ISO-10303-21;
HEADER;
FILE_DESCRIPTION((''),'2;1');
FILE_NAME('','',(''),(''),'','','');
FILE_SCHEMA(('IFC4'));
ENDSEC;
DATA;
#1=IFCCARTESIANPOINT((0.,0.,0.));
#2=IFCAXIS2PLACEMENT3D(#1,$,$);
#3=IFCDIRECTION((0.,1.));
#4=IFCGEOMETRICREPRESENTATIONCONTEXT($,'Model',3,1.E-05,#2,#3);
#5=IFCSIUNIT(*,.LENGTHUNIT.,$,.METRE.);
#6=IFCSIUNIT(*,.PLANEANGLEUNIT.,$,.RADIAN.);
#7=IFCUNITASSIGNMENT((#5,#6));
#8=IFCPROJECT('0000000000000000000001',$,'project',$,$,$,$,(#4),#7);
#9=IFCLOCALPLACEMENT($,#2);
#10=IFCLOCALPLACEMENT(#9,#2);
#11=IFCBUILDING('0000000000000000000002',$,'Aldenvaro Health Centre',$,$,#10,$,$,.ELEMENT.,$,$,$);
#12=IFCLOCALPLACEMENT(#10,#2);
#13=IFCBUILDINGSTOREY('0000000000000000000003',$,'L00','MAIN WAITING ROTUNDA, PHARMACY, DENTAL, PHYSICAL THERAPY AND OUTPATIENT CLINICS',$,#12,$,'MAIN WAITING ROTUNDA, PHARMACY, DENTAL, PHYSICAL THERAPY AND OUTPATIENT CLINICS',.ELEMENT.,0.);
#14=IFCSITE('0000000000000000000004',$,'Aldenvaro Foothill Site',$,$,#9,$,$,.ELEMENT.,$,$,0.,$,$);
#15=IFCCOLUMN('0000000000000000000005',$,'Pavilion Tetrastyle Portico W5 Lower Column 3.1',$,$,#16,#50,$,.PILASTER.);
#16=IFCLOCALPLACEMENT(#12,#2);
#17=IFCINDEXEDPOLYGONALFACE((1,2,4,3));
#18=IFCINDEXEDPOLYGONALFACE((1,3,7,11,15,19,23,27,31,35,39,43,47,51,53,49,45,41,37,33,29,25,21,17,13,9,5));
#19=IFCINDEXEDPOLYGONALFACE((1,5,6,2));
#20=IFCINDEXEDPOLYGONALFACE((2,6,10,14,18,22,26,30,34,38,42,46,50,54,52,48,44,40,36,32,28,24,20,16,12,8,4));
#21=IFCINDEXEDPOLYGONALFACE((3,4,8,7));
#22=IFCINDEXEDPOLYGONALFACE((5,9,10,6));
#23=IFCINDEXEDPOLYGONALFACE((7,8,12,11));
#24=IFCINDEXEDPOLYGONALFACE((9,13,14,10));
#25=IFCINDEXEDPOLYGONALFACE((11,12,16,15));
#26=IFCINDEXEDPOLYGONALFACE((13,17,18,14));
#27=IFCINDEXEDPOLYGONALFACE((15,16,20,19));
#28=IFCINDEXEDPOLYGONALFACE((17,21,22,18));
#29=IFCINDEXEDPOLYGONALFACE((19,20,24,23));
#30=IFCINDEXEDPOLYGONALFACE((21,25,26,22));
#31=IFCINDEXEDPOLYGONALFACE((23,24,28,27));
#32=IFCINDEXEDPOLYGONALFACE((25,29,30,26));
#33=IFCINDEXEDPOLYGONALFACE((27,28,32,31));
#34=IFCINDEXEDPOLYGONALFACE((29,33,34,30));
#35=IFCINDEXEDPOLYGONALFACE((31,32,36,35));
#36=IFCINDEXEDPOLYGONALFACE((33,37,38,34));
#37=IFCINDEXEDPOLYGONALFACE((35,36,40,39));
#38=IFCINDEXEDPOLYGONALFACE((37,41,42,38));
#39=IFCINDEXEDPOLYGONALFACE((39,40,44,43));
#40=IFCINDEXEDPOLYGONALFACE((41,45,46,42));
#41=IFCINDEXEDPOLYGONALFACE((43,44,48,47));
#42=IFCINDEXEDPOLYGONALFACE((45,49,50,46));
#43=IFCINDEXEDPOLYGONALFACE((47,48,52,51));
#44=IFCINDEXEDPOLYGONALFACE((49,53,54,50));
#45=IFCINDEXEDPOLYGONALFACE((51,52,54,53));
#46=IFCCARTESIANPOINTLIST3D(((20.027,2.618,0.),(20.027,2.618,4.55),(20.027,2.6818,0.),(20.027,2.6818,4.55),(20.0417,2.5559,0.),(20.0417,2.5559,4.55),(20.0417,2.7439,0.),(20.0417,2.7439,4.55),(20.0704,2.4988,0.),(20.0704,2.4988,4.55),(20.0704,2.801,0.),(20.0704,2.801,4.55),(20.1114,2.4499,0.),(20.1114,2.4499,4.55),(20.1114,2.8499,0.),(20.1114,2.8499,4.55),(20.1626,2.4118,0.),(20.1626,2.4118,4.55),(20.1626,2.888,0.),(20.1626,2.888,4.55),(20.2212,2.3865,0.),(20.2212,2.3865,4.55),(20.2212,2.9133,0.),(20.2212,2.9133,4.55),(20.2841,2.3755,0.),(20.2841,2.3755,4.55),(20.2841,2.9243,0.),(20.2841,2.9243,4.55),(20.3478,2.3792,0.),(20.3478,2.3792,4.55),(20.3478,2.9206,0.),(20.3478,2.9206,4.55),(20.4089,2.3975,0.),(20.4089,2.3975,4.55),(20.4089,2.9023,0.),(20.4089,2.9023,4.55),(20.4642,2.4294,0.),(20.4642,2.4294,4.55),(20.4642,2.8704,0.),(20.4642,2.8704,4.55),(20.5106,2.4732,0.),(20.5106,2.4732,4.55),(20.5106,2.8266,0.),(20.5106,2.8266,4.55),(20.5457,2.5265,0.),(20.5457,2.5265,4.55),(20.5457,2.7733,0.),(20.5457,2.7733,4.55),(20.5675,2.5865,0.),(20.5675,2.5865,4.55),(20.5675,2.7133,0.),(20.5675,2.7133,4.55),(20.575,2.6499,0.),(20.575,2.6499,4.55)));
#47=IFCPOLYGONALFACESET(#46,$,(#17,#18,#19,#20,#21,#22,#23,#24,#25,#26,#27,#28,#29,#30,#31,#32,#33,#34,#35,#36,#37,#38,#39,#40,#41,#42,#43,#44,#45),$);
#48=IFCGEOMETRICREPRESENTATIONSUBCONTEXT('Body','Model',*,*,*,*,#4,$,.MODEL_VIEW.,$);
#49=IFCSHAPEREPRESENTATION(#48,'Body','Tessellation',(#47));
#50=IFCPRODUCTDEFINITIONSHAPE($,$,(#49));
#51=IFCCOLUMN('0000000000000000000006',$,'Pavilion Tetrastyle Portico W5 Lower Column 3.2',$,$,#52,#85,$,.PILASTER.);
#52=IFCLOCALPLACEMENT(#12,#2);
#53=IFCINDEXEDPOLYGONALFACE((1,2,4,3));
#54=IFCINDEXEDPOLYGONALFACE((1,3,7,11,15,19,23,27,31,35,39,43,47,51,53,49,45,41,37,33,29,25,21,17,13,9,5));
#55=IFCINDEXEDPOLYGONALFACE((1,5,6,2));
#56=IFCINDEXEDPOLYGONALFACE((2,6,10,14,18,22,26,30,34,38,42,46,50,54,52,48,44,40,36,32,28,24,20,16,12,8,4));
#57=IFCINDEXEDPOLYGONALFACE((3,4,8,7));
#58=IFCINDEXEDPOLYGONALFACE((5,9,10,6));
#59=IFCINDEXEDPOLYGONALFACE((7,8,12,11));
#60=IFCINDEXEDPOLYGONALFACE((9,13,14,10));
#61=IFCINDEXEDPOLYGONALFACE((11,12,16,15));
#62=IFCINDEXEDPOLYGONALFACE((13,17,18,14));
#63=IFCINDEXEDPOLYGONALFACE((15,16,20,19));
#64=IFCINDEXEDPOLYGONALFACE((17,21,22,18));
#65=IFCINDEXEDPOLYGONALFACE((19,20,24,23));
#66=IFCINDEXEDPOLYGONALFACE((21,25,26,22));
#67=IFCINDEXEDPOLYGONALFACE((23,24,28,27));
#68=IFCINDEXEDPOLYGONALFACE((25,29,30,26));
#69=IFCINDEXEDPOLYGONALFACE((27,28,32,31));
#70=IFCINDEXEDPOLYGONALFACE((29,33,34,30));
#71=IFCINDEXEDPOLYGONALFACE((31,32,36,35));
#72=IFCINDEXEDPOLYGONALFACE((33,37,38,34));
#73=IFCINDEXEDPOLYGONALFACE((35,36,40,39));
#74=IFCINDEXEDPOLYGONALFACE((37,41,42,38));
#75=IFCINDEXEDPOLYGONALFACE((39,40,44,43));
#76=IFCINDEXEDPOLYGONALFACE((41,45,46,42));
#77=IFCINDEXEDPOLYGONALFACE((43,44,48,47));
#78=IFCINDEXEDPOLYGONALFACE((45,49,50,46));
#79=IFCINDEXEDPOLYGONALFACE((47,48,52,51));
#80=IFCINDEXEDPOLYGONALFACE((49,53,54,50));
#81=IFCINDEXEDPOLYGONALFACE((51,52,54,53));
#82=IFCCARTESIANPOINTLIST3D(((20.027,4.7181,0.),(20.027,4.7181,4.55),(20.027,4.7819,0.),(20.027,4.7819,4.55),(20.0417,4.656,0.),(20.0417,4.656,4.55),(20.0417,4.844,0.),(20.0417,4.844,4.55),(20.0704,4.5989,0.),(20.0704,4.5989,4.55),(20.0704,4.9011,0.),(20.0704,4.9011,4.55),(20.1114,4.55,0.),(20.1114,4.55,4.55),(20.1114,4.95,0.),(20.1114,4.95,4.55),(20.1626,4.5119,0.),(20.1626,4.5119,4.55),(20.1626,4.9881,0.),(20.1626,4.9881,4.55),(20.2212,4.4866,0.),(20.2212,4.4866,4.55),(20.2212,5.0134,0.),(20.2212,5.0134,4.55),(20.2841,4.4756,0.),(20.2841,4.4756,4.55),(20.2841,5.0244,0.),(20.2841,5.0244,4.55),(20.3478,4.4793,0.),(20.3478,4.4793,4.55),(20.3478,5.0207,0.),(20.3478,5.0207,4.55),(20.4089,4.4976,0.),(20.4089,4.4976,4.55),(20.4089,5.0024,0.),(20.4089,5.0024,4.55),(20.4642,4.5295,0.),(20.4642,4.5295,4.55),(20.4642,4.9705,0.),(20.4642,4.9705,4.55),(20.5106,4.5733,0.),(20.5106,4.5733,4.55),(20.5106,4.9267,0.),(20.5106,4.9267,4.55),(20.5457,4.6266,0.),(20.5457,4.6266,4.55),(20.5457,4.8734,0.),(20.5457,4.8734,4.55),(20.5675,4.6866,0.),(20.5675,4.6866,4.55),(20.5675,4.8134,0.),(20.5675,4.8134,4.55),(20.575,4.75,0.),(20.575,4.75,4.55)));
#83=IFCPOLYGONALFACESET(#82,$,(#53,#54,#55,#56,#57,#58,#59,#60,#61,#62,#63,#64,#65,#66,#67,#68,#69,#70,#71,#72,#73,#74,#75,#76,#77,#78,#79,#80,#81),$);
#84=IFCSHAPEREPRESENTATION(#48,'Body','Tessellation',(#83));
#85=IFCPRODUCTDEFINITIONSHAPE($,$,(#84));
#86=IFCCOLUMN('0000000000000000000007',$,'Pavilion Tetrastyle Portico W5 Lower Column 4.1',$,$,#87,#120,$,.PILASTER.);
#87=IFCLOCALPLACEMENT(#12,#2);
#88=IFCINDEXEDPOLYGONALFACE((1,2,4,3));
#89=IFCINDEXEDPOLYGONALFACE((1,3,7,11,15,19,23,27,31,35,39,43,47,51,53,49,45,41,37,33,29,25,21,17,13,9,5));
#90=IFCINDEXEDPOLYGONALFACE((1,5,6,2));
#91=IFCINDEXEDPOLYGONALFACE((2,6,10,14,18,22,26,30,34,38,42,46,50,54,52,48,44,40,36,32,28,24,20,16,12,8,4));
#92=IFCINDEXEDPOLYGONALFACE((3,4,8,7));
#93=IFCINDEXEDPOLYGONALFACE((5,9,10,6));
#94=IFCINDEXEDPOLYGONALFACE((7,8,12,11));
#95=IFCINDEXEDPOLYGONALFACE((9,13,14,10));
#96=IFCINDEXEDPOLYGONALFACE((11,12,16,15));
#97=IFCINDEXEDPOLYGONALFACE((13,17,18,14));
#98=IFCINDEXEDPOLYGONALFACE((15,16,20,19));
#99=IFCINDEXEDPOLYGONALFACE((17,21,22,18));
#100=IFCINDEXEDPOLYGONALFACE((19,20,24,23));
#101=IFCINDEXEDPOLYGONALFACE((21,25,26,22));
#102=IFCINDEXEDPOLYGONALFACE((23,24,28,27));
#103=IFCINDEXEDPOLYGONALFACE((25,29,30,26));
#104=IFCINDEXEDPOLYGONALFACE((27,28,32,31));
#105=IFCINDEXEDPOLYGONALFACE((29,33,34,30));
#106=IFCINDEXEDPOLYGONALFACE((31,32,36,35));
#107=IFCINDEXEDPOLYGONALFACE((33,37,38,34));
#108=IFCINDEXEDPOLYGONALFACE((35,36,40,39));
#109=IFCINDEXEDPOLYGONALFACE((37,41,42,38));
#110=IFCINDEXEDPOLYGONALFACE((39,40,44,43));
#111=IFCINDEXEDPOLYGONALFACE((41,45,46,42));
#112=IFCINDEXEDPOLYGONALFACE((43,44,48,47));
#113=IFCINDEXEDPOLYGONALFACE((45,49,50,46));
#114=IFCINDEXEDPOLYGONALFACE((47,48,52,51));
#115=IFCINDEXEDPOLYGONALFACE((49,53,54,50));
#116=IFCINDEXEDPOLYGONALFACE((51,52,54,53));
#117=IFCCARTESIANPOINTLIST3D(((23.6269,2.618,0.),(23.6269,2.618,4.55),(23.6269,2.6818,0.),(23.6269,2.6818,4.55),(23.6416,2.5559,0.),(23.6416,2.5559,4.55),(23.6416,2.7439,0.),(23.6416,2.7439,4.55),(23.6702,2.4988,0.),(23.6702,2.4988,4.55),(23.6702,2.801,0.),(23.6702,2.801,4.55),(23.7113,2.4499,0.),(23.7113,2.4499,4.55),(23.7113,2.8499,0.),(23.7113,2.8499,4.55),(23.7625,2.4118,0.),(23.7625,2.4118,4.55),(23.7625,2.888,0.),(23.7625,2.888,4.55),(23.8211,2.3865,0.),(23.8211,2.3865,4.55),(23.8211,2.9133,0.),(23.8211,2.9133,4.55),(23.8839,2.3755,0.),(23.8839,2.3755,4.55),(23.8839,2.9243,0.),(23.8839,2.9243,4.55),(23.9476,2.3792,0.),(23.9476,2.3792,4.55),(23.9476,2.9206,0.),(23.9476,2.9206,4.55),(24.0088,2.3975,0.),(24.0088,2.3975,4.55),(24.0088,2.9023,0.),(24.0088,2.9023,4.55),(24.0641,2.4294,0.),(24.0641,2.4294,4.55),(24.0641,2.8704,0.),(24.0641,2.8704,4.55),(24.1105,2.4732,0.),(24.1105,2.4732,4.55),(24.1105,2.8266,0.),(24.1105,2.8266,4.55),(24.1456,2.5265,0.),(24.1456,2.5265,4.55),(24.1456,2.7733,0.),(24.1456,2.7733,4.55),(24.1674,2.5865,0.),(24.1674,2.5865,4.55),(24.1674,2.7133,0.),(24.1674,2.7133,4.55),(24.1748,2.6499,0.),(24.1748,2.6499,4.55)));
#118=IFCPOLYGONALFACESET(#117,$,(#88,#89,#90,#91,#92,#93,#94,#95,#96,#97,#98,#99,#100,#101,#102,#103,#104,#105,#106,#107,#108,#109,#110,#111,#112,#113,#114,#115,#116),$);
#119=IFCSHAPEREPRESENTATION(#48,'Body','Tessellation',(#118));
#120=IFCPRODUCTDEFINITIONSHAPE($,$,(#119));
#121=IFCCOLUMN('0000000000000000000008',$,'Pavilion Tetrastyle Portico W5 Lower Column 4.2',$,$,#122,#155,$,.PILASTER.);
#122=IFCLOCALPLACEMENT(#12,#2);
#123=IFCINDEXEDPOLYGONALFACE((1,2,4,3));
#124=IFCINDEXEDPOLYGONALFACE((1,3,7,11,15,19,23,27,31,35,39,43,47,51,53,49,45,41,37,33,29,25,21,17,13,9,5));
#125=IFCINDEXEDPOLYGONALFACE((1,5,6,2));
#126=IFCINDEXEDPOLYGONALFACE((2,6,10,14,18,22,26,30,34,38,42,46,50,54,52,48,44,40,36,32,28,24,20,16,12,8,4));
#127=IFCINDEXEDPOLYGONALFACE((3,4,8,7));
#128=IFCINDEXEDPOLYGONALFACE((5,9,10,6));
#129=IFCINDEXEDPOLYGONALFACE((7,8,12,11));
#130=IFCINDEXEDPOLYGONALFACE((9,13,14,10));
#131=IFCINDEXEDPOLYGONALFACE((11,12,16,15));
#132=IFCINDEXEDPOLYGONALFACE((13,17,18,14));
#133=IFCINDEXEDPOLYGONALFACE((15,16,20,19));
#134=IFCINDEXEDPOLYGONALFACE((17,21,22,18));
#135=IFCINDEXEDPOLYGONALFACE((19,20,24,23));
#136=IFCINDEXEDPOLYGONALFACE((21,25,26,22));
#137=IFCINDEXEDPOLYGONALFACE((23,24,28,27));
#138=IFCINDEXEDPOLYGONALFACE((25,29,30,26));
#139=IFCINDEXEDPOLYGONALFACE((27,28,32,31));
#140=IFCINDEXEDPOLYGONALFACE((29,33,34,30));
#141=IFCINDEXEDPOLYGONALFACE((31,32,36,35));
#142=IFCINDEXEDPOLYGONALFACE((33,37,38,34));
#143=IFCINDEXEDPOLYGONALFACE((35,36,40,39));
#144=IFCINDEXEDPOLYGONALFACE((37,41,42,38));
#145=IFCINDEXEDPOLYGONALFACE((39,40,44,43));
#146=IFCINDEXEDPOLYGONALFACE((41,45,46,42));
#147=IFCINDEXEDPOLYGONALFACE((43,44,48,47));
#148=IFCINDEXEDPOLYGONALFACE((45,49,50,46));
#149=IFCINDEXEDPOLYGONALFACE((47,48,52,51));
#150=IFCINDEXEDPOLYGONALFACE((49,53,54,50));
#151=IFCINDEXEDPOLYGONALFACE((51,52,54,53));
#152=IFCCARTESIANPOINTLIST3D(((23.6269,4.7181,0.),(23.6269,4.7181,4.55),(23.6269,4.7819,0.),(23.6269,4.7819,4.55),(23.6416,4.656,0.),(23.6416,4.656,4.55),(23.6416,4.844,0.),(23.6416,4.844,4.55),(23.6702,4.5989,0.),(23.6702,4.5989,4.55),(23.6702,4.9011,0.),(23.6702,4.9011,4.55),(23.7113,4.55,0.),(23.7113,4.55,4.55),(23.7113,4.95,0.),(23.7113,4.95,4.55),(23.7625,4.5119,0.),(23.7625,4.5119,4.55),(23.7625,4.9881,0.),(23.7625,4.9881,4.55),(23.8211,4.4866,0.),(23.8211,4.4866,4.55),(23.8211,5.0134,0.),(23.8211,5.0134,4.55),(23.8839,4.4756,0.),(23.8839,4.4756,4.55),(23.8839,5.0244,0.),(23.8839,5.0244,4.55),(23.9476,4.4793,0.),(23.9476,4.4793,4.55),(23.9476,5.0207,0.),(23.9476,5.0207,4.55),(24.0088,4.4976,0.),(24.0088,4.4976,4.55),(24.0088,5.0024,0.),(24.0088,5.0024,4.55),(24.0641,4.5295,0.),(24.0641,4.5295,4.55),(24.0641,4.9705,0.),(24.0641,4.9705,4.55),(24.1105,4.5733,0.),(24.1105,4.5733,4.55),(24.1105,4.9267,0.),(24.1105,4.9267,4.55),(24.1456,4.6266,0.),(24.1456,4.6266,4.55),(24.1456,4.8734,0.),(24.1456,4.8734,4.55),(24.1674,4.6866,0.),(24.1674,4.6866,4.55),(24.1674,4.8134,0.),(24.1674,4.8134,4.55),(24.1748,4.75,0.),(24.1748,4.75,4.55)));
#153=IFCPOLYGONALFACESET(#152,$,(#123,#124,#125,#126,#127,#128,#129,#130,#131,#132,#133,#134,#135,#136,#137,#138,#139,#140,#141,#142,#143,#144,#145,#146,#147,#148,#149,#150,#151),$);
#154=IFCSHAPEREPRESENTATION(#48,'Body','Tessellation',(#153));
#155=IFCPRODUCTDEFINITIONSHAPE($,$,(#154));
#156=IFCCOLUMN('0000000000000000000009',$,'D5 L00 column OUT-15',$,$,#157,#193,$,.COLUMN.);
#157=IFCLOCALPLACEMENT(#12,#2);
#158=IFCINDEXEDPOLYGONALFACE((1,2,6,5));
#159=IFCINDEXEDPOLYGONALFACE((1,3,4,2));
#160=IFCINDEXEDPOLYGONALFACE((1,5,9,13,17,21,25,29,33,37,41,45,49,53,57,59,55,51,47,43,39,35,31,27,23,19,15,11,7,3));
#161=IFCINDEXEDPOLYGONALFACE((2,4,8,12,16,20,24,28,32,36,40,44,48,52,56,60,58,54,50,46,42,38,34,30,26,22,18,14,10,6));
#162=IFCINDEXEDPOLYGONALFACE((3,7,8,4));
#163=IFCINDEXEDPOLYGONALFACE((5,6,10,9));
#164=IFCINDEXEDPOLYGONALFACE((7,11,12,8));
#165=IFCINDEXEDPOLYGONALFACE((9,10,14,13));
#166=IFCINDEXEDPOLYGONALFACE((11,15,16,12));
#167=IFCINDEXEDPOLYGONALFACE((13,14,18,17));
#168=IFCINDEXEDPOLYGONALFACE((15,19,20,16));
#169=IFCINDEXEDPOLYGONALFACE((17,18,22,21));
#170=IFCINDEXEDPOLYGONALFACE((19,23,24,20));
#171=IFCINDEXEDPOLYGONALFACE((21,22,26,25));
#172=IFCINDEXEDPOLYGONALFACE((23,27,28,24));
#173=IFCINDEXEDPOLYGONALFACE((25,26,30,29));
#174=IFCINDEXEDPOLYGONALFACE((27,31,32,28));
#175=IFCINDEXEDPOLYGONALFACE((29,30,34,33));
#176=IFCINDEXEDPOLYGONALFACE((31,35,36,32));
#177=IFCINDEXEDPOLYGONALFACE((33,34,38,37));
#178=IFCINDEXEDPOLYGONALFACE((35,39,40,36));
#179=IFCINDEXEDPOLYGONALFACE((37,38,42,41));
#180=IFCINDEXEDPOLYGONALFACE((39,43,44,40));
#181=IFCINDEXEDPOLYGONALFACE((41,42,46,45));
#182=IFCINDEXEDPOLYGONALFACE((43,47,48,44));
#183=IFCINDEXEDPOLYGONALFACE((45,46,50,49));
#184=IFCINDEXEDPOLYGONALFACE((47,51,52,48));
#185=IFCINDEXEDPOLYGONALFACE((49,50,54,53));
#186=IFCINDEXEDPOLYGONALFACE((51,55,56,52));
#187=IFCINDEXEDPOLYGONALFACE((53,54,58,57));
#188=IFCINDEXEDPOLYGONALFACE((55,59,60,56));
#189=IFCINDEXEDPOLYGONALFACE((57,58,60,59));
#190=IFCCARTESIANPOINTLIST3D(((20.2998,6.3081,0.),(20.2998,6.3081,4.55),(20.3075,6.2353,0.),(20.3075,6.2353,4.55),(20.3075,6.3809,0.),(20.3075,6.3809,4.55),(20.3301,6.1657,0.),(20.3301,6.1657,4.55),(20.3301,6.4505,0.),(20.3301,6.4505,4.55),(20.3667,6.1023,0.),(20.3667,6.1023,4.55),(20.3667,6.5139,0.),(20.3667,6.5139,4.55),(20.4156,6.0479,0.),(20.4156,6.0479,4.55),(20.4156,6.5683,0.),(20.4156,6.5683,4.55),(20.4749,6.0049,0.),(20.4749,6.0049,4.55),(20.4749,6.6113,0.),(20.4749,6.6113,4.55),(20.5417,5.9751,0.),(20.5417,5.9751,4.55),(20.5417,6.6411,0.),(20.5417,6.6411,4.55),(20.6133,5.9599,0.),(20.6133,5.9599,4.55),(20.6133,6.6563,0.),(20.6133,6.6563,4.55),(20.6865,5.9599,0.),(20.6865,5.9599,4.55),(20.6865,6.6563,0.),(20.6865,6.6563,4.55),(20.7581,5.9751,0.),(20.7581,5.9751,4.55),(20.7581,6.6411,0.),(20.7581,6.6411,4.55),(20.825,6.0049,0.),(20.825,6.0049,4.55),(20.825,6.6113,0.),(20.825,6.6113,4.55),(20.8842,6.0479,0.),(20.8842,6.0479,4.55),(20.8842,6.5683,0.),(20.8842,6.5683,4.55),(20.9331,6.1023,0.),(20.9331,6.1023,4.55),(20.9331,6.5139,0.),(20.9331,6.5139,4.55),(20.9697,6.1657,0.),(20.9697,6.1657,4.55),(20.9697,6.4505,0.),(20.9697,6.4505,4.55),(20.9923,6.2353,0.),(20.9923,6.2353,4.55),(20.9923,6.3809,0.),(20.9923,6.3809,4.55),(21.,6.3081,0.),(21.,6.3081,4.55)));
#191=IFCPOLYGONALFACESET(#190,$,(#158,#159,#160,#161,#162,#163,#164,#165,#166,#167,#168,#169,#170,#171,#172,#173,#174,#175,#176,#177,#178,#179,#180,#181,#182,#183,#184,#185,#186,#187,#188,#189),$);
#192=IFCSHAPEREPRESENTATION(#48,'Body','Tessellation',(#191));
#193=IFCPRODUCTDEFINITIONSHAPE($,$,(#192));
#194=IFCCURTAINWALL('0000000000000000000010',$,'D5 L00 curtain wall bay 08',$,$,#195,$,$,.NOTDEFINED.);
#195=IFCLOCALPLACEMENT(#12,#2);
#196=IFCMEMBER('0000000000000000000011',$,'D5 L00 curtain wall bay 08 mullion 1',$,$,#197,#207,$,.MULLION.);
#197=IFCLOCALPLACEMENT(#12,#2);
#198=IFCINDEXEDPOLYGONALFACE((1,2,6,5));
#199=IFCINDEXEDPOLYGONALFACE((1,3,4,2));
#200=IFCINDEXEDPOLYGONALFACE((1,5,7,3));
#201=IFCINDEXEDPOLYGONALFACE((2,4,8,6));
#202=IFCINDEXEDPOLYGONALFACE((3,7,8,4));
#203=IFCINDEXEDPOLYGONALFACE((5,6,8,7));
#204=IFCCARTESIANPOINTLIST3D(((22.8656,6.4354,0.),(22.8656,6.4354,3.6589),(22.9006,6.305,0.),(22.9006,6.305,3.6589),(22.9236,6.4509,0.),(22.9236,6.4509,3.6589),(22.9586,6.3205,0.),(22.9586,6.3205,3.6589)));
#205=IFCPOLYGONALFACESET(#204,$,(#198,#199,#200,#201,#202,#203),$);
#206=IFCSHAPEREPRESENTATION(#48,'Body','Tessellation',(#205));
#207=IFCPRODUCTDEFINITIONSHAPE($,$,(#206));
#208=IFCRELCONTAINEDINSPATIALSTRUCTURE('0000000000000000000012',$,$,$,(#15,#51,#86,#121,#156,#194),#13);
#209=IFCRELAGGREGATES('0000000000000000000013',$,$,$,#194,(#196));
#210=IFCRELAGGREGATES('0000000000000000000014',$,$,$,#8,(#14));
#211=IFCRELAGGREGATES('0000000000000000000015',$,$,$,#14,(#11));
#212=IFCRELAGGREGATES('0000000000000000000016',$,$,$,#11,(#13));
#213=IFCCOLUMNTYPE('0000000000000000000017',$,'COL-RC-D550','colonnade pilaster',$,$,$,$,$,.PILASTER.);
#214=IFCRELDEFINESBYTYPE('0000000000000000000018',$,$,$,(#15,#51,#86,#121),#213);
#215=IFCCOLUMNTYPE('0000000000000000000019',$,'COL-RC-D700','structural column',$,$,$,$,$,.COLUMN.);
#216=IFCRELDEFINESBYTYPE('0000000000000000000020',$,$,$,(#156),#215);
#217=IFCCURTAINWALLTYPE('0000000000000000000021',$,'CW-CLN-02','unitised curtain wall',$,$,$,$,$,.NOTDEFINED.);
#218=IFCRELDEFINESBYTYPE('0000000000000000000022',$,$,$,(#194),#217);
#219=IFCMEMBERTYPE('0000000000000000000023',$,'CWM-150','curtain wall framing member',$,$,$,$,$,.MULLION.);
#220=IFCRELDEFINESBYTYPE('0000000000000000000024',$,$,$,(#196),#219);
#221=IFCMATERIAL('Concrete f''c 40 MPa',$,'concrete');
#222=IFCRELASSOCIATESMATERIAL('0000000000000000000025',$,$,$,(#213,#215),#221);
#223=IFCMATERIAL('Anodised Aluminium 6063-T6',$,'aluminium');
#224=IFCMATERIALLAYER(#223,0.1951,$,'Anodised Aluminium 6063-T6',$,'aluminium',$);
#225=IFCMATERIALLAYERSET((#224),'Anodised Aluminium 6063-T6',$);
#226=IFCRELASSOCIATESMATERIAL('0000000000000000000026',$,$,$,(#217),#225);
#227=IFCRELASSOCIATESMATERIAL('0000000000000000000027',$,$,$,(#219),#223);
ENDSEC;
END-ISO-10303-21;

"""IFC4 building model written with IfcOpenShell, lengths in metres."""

from ifc_helpers import new_model, si_unit, direction, frame, origin, origin_2d, place, context, subcontext, project, spatial, rectangle, circle, extrude, material, layer, layer_set, material_profile, profile_set, type_object, element, aggregate, save


model = new_model("IFC4")

# Units and contexts
model_context = context("Model", 3, precision=1e-05, world=origin(), true_north=direction((0.0, 1.0)))
body_context = subcontext(model_context, "Body", "Model", "MODEL_VIEW")
ifc_project = project(units=[si_unit("LENGTHUNIT", "METRE"), si_unit("PLANEANGLEUNIT", "RADIAN")], contexts=[model_context])

# Site, building, storey
site_placement = place(None, origin())
site = spatial("IfcSite", under=ifc_project, at=site_placement, Name="Aldenvaro Foothill Site", CompositionType="ELEMENT", RefElevation=0.0)
building_placement = place(site_placement, origin())
building = spatial("IfcBuilding", under=site, at=building_placement, Name="Aldenvaro Health Centre", CompositionType="ELEMENT")
storey_placement = place(building_placement, origin())
storey = spatial("IfcBuildingStorey", under=building, at=storey_placement, Name="L00", Description="MAIN WAITING ROTUNDA, PHARMACY, DENTAL, PHYSICAL THERAPY AND OUTPATIENT CLINICS", LongName="MAIN WAITING ROTUNDA, PHARMACY, DENTAL, PHYSICAL THERAPY AND OUTPATIENT CLINICS", CompositionType="ELEMENT", Elevation=0.0)

# Columns
ifc_material_1 = material(Name="Concrete f'c 40 MPa", Category="concrete")
ifc_material_profile_1 = material_profile(ifc_material_1, circle(Radius=0.2749, at=origin_2d()), Name="RC D550", Category="concrete")
ifc_profile_set_1 = profile_set([ifc_material_profile_1], Name="Concrete f'c 40 MPa")
column_type_1 = type_object("IfcColumnType", Name="COL-RC-D550", Description="colonnade pilaster", PredefinedType="PILASTER", material=ifc_profile_set_1)
for number, where, z_axis, x_axis, name in (
    (1, (20.3, 2.6499, 0.0), (0.0, 0.0, 1.0), (1.0, 0.0, 0.0), "Pavilion Tetrastyle Portico W5 Lower Column 3.1"),
    (2, (20.3, 4.75, 0.0), (0.0, 0.0, 1.0), (1.0, 0.0, 0.0), "Pavilion Tetrastyle Portico W5 Lower Column 3.2"),
    (3, (23.8999, 2.6499, 0.0), (0.0, 0.0, 1.0), (1.0, 0.0, 0.0), "Pavilion Tetrastyle Portico W5 Lower Column 4.1"),
    (4, (23.8999, 4.75, 0.0), (0.0, 0.0, 1.0), (1.0, 0.0, 0.0), "Pavilion Tetrastyle Portico W5 Lower Column 4.2"),
):
    element("IfcColumn", number, at=place(storey_placement, frame(where, z_axis=z_axis, x_axis=x_axis)), inside=storey, type_object=column_type_1, Name=name, PredefinedType="PILASTER", context=body_context, shape_type="SweptSolid", body=[
        extrude(circle(Radius=0.2749, at=origin_2d()), origin(), (0.0, 0.0, 1.0), 4.55),
    ])
ifc_material_profile_2 = material_profile(ifc_material_1, circle(Radius=0.3501, at=origin_2d()), Name="RC D700", Category="concrete")
ifc_profile_set_2 = profile_set([ifc_material_profile_2], Name="Concrete f'c 40 MPa")
column_type_2 = type_object("IfcColumnType", Name="COL-RC-D700", Description="structural column", PredefinedType="COLUMN", material=ifc_profile_set_2)
column_placement = place(storey_placement, frame((20.6499, 6.3081, 0.0), z_axis=(0.0, 0.0, 1.0), x_axis=(1.0, 0.0, 0.0)))
element("IfcColumn", 5, at=column_placement, inside=storey, type_object=column_type_2, Name="D5 L00 column OUT-15", PredefinedType="COLUMN", context=body_context, shape_type="SweptSolid", body=[
    extrude(circle(Radius=0.3501, at=origin_2d()), origin(), (0.0, 0.0, 1.0), 4.55),
])

# Curtain wall, member
ifc_material_2 = material(Name="Anodised Aluminium 6063-T6", Category="aluminium")
ifc_layer_1 = layer(ifc_material_2, 0.1951, Name="Anodised Aluminium 6063-T6", Category="aluminium")
ifc_layer_set_1 = layer_set([ifc_layer_1], Name="Anodised Aluminium 6063-T6")
curtain_wall_type = type_object("IfcCurtainWallType", Name="CW-CLN-02", Description="unitised curtain wall", PredefinedType="NOTDEFINED", material=ifc_layer_set_1)
curtain_wall_placement = place(storey_placement, origin())
curtain_wall = element("IfcCurtainWall", 6, at=curtain_wall_placement, inside=storey, type_object=curtain_wall_type, Name="D5 L00 curtain wall bay 08", PredefinedType="NOTDEFINED")
ifc_material_profile_3 = material_profile(ifc_material_2, rectangle(XDim=0.0601, YDim=0.135, at=origin_2d()), Name="ALU 60x135", Category="aluminium")
ifc_profile_set_3 = profile_set([ifc_material_profile_3], Name="Anodised Aluminium 6063-T6")
member_type_1 = type_object("IfcMemberType", Name="CWM-150", Description="curtain wall framing member", PredefinedType="MULLION", material=ifc_profile_set_3)
member_1_placement = place(storey_placement, frame((22.9121, 6.3779, 0.0), z_axis=(0.0, 0.0, 1.0), x_axis=(-0.965924, -0.258825, 0.0)))
member_1 = element("IfcMember", 7, at=member_1_placement, type_object=member_type_1, Name="D5 L00 curtain wall bay 08 mullion 1", PredefinedType="MULLION", context=body_context, shape_type="SweptSolid", body=[
    extrude(rectangle(XDim=0.0601, YDim=0.135, at=origin_2d()), origin(), (0.0, 0.0, 1.0), 3.6589),
])

aggregate(curtain_wall, [member_1])

save(model, "model.ifc")
